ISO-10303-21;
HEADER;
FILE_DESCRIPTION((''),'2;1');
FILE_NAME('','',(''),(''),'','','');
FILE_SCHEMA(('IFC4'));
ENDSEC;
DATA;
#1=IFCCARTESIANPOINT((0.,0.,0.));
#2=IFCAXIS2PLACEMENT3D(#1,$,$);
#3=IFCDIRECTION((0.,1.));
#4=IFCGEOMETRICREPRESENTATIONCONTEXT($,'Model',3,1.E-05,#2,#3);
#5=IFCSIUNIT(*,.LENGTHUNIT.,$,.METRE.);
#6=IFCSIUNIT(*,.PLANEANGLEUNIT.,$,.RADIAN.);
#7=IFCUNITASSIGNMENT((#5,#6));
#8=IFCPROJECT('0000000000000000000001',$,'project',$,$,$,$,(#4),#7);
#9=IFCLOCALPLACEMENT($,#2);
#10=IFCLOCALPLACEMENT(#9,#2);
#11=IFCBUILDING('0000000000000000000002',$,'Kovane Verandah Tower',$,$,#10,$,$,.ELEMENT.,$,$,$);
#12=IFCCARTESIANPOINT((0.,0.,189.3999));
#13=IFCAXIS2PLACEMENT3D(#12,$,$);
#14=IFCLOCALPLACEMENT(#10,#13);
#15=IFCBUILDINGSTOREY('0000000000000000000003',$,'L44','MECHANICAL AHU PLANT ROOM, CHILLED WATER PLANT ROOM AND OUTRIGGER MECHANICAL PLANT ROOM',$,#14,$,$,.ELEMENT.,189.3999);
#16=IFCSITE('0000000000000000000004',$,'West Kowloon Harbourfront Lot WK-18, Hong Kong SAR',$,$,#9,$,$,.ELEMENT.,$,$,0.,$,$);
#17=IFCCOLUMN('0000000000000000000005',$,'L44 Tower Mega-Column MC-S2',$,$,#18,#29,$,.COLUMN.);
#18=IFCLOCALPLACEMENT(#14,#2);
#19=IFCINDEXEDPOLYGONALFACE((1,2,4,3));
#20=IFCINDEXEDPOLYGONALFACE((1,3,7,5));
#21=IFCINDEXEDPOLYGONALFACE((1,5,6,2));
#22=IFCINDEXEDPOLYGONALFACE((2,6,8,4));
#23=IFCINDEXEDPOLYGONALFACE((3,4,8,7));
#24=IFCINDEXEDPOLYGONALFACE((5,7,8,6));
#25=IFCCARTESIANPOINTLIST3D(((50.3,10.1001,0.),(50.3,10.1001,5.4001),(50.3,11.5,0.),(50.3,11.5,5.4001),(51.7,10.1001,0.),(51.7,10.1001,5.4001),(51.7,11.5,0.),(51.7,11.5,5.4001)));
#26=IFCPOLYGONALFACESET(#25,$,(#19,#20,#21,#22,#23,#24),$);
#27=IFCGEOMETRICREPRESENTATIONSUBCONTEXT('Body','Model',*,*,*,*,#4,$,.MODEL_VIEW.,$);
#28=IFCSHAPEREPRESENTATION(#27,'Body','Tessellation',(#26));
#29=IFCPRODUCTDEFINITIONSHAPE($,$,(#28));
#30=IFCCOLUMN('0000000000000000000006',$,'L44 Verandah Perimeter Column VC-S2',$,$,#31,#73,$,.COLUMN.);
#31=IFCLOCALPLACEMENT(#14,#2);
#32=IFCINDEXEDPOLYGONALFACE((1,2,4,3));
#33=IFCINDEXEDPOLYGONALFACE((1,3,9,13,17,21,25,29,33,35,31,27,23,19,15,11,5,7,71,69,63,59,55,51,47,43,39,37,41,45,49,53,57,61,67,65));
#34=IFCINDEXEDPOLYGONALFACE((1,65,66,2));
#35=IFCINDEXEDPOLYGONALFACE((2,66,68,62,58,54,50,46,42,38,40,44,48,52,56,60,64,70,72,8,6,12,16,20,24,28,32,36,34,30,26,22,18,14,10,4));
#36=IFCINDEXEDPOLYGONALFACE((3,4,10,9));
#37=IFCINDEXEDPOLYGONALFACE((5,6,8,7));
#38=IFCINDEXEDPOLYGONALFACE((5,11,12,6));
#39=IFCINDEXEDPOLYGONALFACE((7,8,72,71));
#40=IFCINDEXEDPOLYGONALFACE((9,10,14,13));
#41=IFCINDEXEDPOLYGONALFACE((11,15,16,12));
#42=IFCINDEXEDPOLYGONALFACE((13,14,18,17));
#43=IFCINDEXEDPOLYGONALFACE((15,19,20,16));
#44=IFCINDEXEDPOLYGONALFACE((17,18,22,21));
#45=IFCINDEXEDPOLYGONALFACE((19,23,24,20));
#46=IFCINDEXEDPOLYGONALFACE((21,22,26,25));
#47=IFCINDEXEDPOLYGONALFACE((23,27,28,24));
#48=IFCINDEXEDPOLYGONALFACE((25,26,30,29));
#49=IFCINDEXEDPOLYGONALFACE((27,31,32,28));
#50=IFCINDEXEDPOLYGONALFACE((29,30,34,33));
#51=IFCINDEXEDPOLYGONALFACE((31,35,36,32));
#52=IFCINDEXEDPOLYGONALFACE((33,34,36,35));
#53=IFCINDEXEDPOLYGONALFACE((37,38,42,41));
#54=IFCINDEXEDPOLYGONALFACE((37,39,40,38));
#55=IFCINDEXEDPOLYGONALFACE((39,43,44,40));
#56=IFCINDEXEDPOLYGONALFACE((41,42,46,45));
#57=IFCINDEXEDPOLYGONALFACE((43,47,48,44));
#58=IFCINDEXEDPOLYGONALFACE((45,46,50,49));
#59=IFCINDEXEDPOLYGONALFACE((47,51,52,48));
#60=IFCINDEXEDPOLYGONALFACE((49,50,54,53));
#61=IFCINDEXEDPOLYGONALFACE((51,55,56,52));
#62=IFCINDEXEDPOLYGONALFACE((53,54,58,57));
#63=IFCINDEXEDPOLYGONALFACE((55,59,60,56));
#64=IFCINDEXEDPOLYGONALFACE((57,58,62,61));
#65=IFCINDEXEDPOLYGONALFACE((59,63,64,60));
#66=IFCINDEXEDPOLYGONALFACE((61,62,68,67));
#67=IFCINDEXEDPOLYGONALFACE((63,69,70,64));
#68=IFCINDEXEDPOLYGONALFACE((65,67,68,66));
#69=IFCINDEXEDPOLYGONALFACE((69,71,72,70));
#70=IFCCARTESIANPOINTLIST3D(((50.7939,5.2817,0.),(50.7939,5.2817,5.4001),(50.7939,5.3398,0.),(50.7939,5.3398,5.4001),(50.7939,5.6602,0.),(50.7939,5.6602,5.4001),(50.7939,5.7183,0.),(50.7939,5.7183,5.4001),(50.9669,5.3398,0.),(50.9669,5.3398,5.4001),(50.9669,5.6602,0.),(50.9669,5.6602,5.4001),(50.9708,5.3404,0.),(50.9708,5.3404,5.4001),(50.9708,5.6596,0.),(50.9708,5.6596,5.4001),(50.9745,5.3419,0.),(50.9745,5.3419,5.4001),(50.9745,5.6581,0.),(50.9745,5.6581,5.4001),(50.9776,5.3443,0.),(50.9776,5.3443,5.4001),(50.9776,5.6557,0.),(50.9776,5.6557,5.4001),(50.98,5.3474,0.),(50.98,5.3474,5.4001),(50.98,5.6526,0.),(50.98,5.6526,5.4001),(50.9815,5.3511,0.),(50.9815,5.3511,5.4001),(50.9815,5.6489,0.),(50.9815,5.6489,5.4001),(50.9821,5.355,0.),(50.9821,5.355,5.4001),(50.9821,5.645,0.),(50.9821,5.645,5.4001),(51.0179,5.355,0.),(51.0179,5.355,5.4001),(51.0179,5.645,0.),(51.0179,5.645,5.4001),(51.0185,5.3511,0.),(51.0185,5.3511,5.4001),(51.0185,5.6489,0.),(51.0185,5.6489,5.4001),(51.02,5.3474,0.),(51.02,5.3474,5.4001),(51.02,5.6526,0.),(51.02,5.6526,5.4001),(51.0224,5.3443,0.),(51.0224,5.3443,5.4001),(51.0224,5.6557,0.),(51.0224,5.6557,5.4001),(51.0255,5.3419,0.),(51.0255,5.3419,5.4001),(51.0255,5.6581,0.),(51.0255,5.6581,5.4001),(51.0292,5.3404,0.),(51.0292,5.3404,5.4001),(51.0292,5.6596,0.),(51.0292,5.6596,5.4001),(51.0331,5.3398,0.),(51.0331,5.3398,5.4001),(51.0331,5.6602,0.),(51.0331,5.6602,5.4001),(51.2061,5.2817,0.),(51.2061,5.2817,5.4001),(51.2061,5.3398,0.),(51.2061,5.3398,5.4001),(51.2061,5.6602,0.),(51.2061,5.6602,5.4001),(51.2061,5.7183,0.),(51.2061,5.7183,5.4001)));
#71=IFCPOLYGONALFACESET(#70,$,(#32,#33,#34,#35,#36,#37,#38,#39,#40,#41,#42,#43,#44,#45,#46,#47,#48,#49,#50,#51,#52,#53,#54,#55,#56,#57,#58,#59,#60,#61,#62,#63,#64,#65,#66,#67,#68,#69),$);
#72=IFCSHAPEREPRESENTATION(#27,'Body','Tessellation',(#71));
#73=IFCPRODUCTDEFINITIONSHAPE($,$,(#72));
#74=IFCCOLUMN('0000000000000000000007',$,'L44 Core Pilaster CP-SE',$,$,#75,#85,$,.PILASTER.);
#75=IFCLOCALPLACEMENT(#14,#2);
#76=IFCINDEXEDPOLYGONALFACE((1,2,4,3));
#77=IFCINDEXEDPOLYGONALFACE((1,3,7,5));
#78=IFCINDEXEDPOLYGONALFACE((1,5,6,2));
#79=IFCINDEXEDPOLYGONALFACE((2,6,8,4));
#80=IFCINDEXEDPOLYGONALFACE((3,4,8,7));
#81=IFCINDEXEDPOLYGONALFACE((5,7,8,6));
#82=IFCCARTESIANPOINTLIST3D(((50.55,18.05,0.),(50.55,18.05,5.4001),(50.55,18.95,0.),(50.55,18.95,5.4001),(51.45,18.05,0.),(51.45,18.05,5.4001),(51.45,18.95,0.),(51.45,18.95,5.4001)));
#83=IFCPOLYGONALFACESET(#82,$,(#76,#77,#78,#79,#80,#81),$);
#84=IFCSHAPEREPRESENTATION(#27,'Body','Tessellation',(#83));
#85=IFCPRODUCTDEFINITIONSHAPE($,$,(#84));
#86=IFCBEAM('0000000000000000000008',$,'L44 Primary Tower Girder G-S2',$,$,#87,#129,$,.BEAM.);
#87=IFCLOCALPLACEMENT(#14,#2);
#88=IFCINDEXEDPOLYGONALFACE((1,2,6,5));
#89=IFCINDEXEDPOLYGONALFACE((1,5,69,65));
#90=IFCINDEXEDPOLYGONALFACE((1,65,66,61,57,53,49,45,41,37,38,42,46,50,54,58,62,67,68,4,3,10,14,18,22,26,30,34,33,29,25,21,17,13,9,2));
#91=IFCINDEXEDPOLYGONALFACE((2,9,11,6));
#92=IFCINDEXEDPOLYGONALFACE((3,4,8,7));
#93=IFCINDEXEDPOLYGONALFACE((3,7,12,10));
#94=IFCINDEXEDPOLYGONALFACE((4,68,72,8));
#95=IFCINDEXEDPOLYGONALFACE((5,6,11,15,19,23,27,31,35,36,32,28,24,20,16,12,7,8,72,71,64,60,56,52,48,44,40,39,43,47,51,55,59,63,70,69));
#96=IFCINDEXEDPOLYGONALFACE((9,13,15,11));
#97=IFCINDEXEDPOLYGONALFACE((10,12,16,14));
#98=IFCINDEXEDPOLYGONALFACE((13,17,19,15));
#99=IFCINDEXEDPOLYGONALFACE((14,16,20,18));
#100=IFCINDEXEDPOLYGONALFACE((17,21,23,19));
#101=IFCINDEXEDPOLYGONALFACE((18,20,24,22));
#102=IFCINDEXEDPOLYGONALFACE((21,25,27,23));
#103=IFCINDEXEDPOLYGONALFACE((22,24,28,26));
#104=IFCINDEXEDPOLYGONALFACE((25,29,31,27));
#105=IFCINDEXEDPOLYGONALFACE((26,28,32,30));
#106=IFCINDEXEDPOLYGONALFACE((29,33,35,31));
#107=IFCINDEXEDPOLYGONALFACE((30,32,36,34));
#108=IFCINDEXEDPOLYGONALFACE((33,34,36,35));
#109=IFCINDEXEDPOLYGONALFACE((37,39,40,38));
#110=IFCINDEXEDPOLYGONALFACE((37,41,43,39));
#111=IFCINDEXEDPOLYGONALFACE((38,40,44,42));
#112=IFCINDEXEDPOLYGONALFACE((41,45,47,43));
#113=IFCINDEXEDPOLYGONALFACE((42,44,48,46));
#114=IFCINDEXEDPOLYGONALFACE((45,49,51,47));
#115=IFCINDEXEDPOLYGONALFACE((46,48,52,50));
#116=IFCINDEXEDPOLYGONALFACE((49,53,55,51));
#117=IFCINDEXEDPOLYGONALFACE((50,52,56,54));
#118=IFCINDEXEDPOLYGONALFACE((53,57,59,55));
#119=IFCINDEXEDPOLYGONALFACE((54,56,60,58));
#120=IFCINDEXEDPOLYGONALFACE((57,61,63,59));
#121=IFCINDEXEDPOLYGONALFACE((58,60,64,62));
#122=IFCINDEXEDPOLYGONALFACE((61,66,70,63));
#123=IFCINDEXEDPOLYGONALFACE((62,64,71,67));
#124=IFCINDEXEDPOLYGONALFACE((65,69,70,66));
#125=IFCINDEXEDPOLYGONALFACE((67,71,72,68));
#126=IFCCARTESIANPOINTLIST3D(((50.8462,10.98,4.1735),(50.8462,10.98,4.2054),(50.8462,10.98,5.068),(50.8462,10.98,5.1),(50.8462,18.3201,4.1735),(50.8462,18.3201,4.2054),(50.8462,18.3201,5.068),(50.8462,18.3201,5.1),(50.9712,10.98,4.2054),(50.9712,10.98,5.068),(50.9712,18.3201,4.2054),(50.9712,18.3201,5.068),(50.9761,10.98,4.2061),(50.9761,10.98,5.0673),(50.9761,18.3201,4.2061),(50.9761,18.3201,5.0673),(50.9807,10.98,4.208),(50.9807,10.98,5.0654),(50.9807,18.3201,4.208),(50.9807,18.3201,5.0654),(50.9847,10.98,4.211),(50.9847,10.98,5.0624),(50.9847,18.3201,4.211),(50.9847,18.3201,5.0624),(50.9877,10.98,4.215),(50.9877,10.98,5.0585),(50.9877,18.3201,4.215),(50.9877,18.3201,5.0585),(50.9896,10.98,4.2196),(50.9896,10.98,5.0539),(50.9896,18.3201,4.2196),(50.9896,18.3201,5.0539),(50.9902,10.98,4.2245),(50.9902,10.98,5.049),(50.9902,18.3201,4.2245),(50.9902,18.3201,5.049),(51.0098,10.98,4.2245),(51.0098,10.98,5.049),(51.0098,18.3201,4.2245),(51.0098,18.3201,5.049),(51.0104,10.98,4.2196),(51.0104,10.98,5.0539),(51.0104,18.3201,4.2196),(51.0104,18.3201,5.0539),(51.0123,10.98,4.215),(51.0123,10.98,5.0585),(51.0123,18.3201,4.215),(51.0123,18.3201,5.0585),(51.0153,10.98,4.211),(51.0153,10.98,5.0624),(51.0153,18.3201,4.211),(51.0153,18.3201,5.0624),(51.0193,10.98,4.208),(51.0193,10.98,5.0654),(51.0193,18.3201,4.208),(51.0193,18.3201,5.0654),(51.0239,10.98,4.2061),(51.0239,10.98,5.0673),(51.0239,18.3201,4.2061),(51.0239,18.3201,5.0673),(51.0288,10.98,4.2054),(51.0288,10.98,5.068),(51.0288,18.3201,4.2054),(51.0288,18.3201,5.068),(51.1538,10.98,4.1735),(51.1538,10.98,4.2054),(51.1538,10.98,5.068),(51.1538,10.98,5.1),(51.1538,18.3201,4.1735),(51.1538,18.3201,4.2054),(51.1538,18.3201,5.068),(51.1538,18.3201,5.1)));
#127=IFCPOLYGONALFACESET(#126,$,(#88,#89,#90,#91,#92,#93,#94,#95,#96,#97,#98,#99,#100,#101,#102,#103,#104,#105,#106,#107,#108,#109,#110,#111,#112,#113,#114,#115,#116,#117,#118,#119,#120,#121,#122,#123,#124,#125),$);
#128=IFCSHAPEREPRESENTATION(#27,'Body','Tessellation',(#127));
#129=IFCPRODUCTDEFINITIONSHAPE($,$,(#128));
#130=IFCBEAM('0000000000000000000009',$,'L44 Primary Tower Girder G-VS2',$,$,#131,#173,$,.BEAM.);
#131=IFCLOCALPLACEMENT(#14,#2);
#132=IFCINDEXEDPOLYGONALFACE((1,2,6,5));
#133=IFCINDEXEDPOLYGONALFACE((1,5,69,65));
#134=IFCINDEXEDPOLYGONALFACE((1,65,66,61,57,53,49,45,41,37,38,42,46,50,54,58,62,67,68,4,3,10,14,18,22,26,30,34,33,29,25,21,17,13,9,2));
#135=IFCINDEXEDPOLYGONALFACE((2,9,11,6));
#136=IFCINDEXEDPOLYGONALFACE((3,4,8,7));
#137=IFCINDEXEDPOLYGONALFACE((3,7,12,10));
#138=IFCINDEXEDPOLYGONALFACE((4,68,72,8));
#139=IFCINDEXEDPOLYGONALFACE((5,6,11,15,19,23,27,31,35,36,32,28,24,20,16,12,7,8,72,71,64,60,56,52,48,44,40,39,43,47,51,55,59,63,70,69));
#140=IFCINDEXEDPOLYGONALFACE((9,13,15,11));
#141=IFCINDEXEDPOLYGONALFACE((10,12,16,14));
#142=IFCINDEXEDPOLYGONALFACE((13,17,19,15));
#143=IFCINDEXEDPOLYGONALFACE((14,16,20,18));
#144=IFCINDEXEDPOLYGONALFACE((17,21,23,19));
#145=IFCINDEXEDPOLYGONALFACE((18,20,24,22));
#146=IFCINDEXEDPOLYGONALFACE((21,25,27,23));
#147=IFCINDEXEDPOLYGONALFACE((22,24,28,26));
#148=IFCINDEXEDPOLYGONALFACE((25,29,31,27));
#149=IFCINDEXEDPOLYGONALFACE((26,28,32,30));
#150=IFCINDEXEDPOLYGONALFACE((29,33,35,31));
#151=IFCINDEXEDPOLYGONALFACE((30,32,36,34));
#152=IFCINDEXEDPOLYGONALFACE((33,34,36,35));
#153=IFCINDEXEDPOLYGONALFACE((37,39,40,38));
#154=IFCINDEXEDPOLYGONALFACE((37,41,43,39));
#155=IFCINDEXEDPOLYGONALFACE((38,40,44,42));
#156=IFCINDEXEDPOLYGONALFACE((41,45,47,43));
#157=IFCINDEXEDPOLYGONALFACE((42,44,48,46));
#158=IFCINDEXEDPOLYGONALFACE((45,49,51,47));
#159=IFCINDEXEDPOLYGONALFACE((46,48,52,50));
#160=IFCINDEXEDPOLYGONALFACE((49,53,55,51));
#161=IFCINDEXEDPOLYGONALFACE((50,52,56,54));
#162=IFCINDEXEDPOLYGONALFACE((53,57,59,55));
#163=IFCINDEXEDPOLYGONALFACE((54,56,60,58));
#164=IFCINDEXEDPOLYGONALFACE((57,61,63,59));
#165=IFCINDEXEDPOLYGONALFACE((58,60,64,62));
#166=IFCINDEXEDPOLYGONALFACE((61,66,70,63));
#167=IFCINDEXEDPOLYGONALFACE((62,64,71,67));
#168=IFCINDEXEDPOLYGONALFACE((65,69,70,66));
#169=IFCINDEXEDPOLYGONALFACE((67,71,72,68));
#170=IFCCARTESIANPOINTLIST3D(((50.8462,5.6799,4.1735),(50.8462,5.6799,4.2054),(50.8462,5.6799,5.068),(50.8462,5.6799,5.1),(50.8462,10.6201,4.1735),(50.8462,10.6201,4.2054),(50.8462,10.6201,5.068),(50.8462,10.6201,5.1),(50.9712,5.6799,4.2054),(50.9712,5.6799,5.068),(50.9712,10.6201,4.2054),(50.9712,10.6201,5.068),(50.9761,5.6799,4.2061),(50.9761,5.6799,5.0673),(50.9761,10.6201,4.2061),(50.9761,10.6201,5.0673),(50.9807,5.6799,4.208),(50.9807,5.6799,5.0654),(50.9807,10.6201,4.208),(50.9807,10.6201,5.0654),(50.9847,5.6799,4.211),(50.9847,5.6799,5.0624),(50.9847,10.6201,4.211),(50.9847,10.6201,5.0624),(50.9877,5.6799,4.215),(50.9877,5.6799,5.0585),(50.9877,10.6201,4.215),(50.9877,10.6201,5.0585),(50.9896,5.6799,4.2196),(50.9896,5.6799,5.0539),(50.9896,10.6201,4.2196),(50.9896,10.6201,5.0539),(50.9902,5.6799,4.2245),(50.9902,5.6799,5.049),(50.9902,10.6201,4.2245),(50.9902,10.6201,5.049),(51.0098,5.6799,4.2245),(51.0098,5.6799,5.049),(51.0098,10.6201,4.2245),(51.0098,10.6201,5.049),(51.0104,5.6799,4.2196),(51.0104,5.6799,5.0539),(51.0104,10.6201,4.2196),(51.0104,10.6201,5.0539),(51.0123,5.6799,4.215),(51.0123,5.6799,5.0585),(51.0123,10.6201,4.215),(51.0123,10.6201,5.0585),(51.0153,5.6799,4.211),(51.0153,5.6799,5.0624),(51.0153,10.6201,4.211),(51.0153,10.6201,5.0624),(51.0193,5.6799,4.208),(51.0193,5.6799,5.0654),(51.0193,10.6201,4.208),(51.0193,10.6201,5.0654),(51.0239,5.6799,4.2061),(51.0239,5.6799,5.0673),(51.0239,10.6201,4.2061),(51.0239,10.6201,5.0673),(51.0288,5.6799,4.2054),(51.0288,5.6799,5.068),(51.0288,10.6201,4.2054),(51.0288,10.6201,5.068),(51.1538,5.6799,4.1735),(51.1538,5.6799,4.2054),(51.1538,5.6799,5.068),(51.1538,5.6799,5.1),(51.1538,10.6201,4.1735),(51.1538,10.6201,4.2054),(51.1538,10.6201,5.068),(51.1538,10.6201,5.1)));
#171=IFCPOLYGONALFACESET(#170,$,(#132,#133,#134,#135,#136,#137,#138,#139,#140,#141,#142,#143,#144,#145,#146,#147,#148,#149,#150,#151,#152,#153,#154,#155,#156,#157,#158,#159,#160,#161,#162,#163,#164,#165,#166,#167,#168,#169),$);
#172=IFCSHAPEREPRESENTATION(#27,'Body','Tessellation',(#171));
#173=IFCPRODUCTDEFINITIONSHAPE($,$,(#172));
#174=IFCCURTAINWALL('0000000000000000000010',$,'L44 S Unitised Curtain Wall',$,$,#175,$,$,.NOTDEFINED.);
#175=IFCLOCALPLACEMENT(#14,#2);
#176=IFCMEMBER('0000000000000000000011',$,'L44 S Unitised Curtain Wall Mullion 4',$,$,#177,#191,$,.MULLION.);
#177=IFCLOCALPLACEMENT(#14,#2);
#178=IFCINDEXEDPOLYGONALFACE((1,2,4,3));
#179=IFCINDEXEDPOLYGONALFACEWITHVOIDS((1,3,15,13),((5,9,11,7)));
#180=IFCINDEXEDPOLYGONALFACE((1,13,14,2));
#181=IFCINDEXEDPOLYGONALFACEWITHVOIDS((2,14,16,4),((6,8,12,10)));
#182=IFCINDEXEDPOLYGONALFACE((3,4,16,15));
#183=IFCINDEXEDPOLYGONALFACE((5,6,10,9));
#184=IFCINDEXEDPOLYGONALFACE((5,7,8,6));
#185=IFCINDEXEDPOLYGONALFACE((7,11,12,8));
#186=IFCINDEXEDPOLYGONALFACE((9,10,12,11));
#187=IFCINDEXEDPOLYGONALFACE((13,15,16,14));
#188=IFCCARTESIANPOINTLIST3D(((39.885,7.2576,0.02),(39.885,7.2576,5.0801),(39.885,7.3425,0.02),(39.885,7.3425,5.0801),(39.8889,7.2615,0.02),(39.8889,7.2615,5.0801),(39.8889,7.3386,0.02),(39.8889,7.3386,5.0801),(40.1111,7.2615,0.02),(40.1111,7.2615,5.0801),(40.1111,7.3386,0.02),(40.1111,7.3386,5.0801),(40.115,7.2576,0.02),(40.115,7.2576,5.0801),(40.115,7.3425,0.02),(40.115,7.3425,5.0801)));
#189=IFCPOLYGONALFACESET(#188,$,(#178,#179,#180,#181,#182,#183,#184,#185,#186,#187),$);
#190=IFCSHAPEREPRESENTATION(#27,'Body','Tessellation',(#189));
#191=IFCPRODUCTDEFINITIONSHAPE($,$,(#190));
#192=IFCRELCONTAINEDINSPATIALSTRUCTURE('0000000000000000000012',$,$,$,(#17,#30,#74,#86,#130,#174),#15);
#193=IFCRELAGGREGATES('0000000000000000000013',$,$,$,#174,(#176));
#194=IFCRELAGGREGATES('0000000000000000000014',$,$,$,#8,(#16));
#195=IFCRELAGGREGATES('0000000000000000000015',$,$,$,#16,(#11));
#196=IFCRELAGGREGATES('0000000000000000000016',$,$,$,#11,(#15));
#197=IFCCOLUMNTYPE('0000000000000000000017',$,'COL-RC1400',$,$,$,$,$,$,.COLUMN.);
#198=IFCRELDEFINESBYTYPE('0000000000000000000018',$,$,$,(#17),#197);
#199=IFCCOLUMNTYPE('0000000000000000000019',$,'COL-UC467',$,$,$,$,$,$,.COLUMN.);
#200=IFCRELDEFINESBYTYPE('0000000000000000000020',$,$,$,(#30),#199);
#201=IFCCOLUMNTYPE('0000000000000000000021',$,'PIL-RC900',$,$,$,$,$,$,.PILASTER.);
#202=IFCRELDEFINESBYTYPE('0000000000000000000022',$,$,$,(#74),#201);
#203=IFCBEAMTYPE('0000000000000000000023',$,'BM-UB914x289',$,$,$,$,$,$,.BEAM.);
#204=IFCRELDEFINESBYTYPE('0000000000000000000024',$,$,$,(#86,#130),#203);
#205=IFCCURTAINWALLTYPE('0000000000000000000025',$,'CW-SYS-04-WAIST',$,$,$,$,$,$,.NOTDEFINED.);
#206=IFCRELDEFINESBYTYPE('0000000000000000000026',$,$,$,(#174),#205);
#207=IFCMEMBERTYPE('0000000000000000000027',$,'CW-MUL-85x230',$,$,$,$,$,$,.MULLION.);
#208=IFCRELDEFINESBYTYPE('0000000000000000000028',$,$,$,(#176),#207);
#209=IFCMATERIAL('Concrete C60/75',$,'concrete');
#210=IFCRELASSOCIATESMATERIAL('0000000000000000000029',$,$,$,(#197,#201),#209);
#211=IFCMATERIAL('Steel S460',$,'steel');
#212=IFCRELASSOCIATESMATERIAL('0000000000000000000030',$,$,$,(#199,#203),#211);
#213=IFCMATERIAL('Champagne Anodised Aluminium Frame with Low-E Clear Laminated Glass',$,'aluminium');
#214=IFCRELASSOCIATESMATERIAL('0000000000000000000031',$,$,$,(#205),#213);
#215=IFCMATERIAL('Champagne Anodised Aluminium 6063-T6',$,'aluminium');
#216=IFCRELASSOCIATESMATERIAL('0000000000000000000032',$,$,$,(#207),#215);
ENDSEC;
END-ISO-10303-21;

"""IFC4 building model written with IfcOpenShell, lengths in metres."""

from ifc_helpers import new_model, si_unit, direction, frame, origin, origin_2d, place, context, subcontext, project, spatial, rectangle, hollow_rectangle, i_section, extrude, material, material_profile, profile_set, type_object, element, aggregate, save


model = new_model("IFC4")

# Units and contexts
model_context = context("Model", 3, precision=1e-05, world=origin(), true_north=direction((0.0, 1.0)))
body_context = subcontext(model_context, "Body", "Model", "MODEL_VIEW")
ifc_project = project(units=[si_unit("LENGTHUNIT", "METRE"), si_unit("PLANEANGLEUNIT", "RADIAN")], contexts=[model_context])

# Site, building, storey
site_placement = place(None, origin())
site = spatial("IfcSite", under=ifc_project, at=site_placement, Name="West Kowloon Harbourfront Lot WK-18, Hong Kong SAR", CompositionType="ELEMENT", RefElevation=0.0)
building_placement = place(site_placement, origin())
building = spatial("IfcBuilding", under=site, at=building_placement, Name="Kovane Verandah Tower", CompositionType="ELEMENT")
storey_placement = place(building_placement, frame((0.0, 0.0, 189.3999)))
storey = spatial("IfcBuildingStorey", under=building, at=storey_placement, Name="L44", Description="MECHANICAL AHU PLANT ROOM, CHILLED WATER PLANT ROOM AND OUTRIGGER MECHANICAL PLANT ROOM", CompositionType="ELEMENT", Elevation=189.3999)

# Columns
ifc_material_1 = material(Name="Concrete C60/75", Category="concrete")
ifc_material_profile_1 = material_profile(ifc_material_1, rectangle(XDim=1.3999, YDim=1.3999, at=origin_2d()), Name="RC1400x1400")
ifc_profile_set_1 = profile_set([ifc_material_profile_1], Name="Concrete C60/75")
column_type_1 = type_object("IfcColumnType", Name="COL-RC1400", PredefinedType="COLUMN", material=ifc_profile_set_1)
column_1_placement = place(storey_placement, frame((51.0, 10.8, 0.0), z_axis=(0.0, 0.0, 1.0), x_axis=(1.0, 0.0, 0.0)))
element("IfcColumn", 1, at=column_1_placement, inside=storey, type_object=column_type_1, Name="L44 Tower Mega-Column MC-S2", PredefinedType="COLUMN", context=body_context, shape_type="SweptSolid", body=[
    extrude(rectangle(XDim=1.3999, YDim=1.3999, at=origin_2d()), origin(), (0.0, 0.0, 1.0), 5.4001),
])
ifc_material_2 = material(Name="Steel S460", Category="steel")
ifc_material_profile_2 = material_profile(ifc_material_2, i_section(OverallWidth=0.4121, OverallDepth=0.4365, WebThickness=0.0359, FlangeThickness=0.0581, FilletRadius=0.0151, at=origin_2d()), Name="UC356x406x467")
ifc_profile_set_2 = profile_set([ifc_material_profile_2], Name="Steel S460")
column_type_2 = type_object("IfcColumnType", Name="COL-UC467", PredefinedType="COLUMN", material=ifc_profile_set_2)
column_2_placement = place(storey_placement, frame((51.0, 5.5, 0.0), z_axis=(0.0, 0.0, 1.0), x_axis=(1.0, 0.0, 0.0)))
element("IfcColumn", 2, at=column_2_placement, inside=storey, type_object=column_type_2, Name="L44 Verandah Perimeter Column VC-S2", PredefinedType="COLUMN", context=body_context, shape_type="SweptSolid", body=[
    extrude(i_section(OverallWidth=0.4121, OverallDepth=0.4365, WebThickness=0.0359, FlangeThickness=0.0581, FilletRadius=0.0151, at=origin_2d()), origin(), (0.0, 0.0, 1.0), 5.4001),
])
ifc_material_profile_3 = material_profile(ifc_material_1, rectangle(XDim=0.8999, YDim=0.8999, at=origin_2d()), Name="RC900x900")
ifc_profile_set_3 = profile_set([ifc_material_profile_3], Name="Concrete C60/75")
column_type_3 = type_object("IfcColumnType", Name="PIL-RC900", PredefinedType="PILASTER", material=ifc_profile_set_3)
column_3_placement = place(storey_placement, frame((51.0, 18.5, 0.0), z_axis=(0.0, 0.0, 1.0), x_axis=(1.0, 0.0, 0.0)))
element("IfcColumn", 3, at=column_3_placement, inside=storey, type_object=column_type_3, Name="L44 Core Pilaster CP-SE", PredefinedType="PILASTER", context=body_context, shape_type="SweptSolid", body=[
    extrude(rectangle(XDim=0.8999, YDim=0.8999, at=origin_2d()), origin(), (0.0, 0.0, 1.0), 5.4001),
])

# Beams
ifc_material_profile_4 = material_profile(ifc_material_2, i_section(OverallWidth=0.3076, OverallDepth=0.9265, WebThickness=0.0195, FlangeThickness=0.032, FilletRadius=0.019, at=origin_2d()), Name="UB914x305x289")
ifc_profile_set_4 = profile_set([ifc_material_profile_4], Name="Steel S460")
beam_type = type_object("IfcBeamType", Name="BM-UB914x289", PredefinedType="BEAM", material=ifc_profile_set_4)
beam_1_placement = place(storey_placement, frame((51.0, 18.3201, 4.6367), z_axis=(0.0, -1.0, 0.0), x_axis=(1.0, 0.0, 0.0)))
element("IfcBeam", 4, at=beam_1_placement, inside=storey, type_object=beam_type, Name="L44 Primary Tower Girder G-S2", PredefinedType="BEAM", context=body_context, shape_type="SweptSolid", body=[
    extrude(i_section(OverallWidth=0.3076, OverallDepth=0.9265, WebThickness=0.0195, FlangeThickness=0.032, FilletRadius=0.019, at=origin_2d()), origin(), (0.0, 0.0, 1.0), 7.3401),
])
beam_2_placement = place(storey_placement, frame((51.0, 10.6201, 4.6367), z_axis=(0.0, -1.0, 0.0), x_axis=(1.0, 0.0, 0.0)))
element("IfcBeam", 5, at=beam_2_placement, inside=storey, type_object=beam_type, Name="L44 Primary Tower Girder G-VS2", PredefinedType="BEAM", context=body_context, shape_type="SweptSolid", body=[
    extrude(i_section(OverallWidth=0.3076, OverallDepth=0.9265, WebThickness=0.0195, FlangeThickness=0.032, FilletRadius=0.019, at=origin_2d()), origin(), (0.0, 0.0, 1.0), 4.9402),
])

# Curtain wall, member
ifc_material_3 = material(Name="Champagne Anodised Aluminium Frame with Low-E Clear Laminated Glass", Category="aluminium")
curtain_wall_type = type_object("IfcCurtainWallType", Name="CW-SYS-04-WAIST", PredefinedType="NOTDEFINED", material=ifc_material_3)
curtain_wall_placement = place(storey_placement, origin())
curtain_wall = element("IfcCurtainWall", 6, at=curtain_wall_placement, inside=storey, type_object=curtain_wall_type, Name="L44 S Unitised Curtain Wall", PredefinedType="NOTDEFINED")
ifc_material_4 = material(Name="Champagne Anodised Aluminium 6063-T6", Category="aluminium")
ifc_material_profile_5 = material_profile(ifc_material_4, hollow_rectangle(XDim=0.085, YDim=0.23, WallThickness=0.0039, at=origin_2d()), Name="AL85x230x4")
ifc_profile_set_5 = profile_set([ifc_material_profile_5], Name="Champagne Anodised Aluminium 6063-T6")
member_type_1 = type_object("IfcMemberType", Name="CW-MUL-85x230", PredefinedType="MULLION", material=ifc_profile_set_5)
member_1_placement = place(storey_placement, frame((40.0, 7.3, 0.02), z_axis=(0.0, 0.0, 1.0), x_axis=(0.0, -1.0, 0.0)))
member_1 = element("IfcMember", 7, at=member_1_placement, type_object=member_type_1, Name="L44 S Unitised Curtain Wall Mullion 4", PredefinedType="MULLION", context=body_context, shape_type="SweptSolid", body=[
    extrude(hollow_rectangle(XDim=0.085, YDim=0.23, WallThickness=0.0039, at=origin_2d()), origin(), (0.0, 0.0, 1.0), 5.0601),
])

aggregate(curtain_wall, [member_1])

save(model, "model.ifc")
